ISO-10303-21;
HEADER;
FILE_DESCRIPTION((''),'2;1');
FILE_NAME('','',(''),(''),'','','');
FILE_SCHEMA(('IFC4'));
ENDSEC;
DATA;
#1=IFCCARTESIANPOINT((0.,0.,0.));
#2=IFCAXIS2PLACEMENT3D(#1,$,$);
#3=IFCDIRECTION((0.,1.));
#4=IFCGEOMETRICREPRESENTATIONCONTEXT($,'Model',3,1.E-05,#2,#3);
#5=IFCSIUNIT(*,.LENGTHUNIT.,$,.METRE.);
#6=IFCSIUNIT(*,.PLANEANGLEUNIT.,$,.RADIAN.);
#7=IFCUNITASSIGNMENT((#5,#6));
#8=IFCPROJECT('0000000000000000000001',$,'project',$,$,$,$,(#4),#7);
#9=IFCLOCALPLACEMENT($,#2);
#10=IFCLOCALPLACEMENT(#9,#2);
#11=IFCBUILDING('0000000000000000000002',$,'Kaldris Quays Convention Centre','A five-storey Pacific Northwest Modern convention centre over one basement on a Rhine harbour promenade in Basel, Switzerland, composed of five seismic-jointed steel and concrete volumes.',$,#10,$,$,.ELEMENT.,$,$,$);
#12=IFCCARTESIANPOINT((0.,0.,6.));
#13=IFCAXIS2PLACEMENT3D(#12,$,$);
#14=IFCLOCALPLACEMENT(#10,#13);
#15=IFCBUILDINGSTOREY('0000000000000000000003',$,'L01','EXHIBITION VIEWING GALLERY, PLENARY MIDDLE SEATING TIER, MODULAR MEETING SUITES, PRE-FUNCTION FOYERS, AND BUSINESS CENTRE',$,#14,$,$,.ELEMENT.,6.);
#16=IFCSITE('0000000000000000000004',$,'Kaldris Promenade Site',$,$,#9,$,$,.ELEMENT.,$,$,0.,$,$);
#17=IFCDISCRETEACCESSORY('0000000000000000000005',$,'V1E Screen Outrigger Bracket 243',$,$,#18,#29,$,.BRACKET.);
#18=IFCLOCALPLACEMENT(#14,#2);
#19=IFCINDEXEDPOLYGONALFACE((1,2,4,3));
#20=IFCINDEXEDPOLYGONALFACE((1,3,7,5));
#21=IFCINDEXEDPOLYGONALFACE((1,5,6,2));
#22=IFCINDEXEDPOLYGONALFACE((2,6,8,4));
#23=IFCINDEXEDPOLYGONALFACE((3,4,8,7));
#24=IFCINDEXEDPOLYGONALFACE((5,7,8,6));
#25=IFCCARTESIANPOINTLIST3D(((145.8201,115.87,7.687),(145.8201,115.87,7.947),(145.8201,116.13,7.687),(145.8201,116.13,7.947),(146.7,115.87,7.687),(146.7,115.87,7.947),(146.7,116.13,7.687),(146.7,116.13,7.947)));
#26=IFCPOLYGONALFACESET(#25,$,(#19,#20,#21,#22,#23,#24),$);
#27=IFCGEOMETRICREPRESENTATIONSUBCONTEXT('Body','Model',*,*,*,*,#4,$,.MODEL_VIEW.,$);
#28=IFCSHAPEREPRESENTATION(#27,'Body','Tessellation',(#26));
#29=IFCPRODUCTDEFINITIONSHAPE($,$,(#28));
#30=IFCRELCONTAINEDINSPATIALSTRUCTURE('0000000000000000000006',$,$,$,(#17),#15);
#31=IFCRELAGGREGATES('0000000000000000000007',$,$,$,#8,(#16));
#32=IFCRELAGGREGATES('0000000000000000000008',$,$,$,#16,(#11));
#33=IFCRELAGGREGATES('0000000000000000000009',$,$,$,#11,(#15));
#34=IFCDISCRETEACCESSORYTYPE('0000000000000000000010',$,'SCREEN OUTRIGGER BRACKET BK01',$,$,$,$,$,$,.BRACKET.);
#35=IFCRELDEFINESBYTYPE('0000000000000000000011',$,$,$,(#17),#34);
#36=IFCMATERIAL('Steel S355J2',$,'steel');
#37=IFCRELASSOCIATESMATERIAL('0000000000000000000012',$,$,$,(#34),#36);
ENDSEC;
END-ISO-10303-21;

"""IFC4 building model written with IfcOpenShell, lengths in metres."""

from ifc_helpers import new_model, si_unit, direction, frame, origin, origin_2d, place, context, subcontext, project, spatial, rectangle, extrude, material, type_object, element, save


model = new_model("IFC4")

# Units and contexts
model_context = context("Model", 3, precision=1e-05, world=origin(), true_north=direction((0.0, 1.0)))
body_context = subcontext(model_context, "Body", "Model", "MODEL_VIEW")
ifc_project = project(units=[si_unit("LENGTHUNIT", "METRE"), si_unit("PLANEANGLEUNIT", "RADIAN")], contexts=[model_context])

# Site, building, storey
site_placement = place(None, origin())
site = spatial("IfcSite", under=ifc_project, at=site_placement, Name="Kaldris Promenade Site", CompositionType="ELEMENT", RefElevation=0.0)
building_placement = place(site_placement, origin())
building = spatial("IfcBuilding", under=site, at=building_placement, Name="Kaldris Quays Convention Centre", Description="A five-storey Pacific Northwest Modern convention centre over one basement on a Rhine harbour promenade in Basel, Switzerland, composed of five seismic-jointed steel and concrete volumes.", CompositionType="ELEMENT")
storey_placement = place(building_placement, frame((0.0, 0.0, 6.0)))
storey = spatial("IfcBuildingStorey", under=building, at=storey_placement, Name="L01", Description="EXHIBITION VIEWING GALLERY, PLENARY MIDDLE SEATING TIER, MODULAR MEETING SUITES, PRE-FUNCTION FOYERS, AND BUSINESS CENTRE", CompositionType="ELEMENT", Elevation=6.0)

# Shared definitions
ifc_material_1 = material(Name="Steel S355J2", Category="steel")

# Discrete accessory
discrete_accessory_type = type_object("IfcDiscreteAccessoryType", Name="SCREEN OUTRIGGER BRACKET BK01", PredefinedType="BRACKET", material=ifc_material_1)
for number, where, z_axis, x_axis, name in (
    (1, (146.26, 116.0, 7.687), (0.0, 0.0, 1.0), (0.0, 1.0, 0.0), "V1E Screen Outrigger Bracket 243"),
):
    element("IfcDiscreteAccessory", number, at=place(storey_placement, frame(where, z_axis=z_axis, x_axis=x_axis)), inside=storey, type_object=discrete_accessory_type, Name=name, PredefinedType="BRACKET", context=body_context, shape_type="SweptSolid", body=[
        extrude(rectangle(XDim=0.26, YDim=0.8799, at=origin_2d()), origin(), (0.0, 0.0, 1.0), 0.26),
    ])

save(model, "model.ifc")
